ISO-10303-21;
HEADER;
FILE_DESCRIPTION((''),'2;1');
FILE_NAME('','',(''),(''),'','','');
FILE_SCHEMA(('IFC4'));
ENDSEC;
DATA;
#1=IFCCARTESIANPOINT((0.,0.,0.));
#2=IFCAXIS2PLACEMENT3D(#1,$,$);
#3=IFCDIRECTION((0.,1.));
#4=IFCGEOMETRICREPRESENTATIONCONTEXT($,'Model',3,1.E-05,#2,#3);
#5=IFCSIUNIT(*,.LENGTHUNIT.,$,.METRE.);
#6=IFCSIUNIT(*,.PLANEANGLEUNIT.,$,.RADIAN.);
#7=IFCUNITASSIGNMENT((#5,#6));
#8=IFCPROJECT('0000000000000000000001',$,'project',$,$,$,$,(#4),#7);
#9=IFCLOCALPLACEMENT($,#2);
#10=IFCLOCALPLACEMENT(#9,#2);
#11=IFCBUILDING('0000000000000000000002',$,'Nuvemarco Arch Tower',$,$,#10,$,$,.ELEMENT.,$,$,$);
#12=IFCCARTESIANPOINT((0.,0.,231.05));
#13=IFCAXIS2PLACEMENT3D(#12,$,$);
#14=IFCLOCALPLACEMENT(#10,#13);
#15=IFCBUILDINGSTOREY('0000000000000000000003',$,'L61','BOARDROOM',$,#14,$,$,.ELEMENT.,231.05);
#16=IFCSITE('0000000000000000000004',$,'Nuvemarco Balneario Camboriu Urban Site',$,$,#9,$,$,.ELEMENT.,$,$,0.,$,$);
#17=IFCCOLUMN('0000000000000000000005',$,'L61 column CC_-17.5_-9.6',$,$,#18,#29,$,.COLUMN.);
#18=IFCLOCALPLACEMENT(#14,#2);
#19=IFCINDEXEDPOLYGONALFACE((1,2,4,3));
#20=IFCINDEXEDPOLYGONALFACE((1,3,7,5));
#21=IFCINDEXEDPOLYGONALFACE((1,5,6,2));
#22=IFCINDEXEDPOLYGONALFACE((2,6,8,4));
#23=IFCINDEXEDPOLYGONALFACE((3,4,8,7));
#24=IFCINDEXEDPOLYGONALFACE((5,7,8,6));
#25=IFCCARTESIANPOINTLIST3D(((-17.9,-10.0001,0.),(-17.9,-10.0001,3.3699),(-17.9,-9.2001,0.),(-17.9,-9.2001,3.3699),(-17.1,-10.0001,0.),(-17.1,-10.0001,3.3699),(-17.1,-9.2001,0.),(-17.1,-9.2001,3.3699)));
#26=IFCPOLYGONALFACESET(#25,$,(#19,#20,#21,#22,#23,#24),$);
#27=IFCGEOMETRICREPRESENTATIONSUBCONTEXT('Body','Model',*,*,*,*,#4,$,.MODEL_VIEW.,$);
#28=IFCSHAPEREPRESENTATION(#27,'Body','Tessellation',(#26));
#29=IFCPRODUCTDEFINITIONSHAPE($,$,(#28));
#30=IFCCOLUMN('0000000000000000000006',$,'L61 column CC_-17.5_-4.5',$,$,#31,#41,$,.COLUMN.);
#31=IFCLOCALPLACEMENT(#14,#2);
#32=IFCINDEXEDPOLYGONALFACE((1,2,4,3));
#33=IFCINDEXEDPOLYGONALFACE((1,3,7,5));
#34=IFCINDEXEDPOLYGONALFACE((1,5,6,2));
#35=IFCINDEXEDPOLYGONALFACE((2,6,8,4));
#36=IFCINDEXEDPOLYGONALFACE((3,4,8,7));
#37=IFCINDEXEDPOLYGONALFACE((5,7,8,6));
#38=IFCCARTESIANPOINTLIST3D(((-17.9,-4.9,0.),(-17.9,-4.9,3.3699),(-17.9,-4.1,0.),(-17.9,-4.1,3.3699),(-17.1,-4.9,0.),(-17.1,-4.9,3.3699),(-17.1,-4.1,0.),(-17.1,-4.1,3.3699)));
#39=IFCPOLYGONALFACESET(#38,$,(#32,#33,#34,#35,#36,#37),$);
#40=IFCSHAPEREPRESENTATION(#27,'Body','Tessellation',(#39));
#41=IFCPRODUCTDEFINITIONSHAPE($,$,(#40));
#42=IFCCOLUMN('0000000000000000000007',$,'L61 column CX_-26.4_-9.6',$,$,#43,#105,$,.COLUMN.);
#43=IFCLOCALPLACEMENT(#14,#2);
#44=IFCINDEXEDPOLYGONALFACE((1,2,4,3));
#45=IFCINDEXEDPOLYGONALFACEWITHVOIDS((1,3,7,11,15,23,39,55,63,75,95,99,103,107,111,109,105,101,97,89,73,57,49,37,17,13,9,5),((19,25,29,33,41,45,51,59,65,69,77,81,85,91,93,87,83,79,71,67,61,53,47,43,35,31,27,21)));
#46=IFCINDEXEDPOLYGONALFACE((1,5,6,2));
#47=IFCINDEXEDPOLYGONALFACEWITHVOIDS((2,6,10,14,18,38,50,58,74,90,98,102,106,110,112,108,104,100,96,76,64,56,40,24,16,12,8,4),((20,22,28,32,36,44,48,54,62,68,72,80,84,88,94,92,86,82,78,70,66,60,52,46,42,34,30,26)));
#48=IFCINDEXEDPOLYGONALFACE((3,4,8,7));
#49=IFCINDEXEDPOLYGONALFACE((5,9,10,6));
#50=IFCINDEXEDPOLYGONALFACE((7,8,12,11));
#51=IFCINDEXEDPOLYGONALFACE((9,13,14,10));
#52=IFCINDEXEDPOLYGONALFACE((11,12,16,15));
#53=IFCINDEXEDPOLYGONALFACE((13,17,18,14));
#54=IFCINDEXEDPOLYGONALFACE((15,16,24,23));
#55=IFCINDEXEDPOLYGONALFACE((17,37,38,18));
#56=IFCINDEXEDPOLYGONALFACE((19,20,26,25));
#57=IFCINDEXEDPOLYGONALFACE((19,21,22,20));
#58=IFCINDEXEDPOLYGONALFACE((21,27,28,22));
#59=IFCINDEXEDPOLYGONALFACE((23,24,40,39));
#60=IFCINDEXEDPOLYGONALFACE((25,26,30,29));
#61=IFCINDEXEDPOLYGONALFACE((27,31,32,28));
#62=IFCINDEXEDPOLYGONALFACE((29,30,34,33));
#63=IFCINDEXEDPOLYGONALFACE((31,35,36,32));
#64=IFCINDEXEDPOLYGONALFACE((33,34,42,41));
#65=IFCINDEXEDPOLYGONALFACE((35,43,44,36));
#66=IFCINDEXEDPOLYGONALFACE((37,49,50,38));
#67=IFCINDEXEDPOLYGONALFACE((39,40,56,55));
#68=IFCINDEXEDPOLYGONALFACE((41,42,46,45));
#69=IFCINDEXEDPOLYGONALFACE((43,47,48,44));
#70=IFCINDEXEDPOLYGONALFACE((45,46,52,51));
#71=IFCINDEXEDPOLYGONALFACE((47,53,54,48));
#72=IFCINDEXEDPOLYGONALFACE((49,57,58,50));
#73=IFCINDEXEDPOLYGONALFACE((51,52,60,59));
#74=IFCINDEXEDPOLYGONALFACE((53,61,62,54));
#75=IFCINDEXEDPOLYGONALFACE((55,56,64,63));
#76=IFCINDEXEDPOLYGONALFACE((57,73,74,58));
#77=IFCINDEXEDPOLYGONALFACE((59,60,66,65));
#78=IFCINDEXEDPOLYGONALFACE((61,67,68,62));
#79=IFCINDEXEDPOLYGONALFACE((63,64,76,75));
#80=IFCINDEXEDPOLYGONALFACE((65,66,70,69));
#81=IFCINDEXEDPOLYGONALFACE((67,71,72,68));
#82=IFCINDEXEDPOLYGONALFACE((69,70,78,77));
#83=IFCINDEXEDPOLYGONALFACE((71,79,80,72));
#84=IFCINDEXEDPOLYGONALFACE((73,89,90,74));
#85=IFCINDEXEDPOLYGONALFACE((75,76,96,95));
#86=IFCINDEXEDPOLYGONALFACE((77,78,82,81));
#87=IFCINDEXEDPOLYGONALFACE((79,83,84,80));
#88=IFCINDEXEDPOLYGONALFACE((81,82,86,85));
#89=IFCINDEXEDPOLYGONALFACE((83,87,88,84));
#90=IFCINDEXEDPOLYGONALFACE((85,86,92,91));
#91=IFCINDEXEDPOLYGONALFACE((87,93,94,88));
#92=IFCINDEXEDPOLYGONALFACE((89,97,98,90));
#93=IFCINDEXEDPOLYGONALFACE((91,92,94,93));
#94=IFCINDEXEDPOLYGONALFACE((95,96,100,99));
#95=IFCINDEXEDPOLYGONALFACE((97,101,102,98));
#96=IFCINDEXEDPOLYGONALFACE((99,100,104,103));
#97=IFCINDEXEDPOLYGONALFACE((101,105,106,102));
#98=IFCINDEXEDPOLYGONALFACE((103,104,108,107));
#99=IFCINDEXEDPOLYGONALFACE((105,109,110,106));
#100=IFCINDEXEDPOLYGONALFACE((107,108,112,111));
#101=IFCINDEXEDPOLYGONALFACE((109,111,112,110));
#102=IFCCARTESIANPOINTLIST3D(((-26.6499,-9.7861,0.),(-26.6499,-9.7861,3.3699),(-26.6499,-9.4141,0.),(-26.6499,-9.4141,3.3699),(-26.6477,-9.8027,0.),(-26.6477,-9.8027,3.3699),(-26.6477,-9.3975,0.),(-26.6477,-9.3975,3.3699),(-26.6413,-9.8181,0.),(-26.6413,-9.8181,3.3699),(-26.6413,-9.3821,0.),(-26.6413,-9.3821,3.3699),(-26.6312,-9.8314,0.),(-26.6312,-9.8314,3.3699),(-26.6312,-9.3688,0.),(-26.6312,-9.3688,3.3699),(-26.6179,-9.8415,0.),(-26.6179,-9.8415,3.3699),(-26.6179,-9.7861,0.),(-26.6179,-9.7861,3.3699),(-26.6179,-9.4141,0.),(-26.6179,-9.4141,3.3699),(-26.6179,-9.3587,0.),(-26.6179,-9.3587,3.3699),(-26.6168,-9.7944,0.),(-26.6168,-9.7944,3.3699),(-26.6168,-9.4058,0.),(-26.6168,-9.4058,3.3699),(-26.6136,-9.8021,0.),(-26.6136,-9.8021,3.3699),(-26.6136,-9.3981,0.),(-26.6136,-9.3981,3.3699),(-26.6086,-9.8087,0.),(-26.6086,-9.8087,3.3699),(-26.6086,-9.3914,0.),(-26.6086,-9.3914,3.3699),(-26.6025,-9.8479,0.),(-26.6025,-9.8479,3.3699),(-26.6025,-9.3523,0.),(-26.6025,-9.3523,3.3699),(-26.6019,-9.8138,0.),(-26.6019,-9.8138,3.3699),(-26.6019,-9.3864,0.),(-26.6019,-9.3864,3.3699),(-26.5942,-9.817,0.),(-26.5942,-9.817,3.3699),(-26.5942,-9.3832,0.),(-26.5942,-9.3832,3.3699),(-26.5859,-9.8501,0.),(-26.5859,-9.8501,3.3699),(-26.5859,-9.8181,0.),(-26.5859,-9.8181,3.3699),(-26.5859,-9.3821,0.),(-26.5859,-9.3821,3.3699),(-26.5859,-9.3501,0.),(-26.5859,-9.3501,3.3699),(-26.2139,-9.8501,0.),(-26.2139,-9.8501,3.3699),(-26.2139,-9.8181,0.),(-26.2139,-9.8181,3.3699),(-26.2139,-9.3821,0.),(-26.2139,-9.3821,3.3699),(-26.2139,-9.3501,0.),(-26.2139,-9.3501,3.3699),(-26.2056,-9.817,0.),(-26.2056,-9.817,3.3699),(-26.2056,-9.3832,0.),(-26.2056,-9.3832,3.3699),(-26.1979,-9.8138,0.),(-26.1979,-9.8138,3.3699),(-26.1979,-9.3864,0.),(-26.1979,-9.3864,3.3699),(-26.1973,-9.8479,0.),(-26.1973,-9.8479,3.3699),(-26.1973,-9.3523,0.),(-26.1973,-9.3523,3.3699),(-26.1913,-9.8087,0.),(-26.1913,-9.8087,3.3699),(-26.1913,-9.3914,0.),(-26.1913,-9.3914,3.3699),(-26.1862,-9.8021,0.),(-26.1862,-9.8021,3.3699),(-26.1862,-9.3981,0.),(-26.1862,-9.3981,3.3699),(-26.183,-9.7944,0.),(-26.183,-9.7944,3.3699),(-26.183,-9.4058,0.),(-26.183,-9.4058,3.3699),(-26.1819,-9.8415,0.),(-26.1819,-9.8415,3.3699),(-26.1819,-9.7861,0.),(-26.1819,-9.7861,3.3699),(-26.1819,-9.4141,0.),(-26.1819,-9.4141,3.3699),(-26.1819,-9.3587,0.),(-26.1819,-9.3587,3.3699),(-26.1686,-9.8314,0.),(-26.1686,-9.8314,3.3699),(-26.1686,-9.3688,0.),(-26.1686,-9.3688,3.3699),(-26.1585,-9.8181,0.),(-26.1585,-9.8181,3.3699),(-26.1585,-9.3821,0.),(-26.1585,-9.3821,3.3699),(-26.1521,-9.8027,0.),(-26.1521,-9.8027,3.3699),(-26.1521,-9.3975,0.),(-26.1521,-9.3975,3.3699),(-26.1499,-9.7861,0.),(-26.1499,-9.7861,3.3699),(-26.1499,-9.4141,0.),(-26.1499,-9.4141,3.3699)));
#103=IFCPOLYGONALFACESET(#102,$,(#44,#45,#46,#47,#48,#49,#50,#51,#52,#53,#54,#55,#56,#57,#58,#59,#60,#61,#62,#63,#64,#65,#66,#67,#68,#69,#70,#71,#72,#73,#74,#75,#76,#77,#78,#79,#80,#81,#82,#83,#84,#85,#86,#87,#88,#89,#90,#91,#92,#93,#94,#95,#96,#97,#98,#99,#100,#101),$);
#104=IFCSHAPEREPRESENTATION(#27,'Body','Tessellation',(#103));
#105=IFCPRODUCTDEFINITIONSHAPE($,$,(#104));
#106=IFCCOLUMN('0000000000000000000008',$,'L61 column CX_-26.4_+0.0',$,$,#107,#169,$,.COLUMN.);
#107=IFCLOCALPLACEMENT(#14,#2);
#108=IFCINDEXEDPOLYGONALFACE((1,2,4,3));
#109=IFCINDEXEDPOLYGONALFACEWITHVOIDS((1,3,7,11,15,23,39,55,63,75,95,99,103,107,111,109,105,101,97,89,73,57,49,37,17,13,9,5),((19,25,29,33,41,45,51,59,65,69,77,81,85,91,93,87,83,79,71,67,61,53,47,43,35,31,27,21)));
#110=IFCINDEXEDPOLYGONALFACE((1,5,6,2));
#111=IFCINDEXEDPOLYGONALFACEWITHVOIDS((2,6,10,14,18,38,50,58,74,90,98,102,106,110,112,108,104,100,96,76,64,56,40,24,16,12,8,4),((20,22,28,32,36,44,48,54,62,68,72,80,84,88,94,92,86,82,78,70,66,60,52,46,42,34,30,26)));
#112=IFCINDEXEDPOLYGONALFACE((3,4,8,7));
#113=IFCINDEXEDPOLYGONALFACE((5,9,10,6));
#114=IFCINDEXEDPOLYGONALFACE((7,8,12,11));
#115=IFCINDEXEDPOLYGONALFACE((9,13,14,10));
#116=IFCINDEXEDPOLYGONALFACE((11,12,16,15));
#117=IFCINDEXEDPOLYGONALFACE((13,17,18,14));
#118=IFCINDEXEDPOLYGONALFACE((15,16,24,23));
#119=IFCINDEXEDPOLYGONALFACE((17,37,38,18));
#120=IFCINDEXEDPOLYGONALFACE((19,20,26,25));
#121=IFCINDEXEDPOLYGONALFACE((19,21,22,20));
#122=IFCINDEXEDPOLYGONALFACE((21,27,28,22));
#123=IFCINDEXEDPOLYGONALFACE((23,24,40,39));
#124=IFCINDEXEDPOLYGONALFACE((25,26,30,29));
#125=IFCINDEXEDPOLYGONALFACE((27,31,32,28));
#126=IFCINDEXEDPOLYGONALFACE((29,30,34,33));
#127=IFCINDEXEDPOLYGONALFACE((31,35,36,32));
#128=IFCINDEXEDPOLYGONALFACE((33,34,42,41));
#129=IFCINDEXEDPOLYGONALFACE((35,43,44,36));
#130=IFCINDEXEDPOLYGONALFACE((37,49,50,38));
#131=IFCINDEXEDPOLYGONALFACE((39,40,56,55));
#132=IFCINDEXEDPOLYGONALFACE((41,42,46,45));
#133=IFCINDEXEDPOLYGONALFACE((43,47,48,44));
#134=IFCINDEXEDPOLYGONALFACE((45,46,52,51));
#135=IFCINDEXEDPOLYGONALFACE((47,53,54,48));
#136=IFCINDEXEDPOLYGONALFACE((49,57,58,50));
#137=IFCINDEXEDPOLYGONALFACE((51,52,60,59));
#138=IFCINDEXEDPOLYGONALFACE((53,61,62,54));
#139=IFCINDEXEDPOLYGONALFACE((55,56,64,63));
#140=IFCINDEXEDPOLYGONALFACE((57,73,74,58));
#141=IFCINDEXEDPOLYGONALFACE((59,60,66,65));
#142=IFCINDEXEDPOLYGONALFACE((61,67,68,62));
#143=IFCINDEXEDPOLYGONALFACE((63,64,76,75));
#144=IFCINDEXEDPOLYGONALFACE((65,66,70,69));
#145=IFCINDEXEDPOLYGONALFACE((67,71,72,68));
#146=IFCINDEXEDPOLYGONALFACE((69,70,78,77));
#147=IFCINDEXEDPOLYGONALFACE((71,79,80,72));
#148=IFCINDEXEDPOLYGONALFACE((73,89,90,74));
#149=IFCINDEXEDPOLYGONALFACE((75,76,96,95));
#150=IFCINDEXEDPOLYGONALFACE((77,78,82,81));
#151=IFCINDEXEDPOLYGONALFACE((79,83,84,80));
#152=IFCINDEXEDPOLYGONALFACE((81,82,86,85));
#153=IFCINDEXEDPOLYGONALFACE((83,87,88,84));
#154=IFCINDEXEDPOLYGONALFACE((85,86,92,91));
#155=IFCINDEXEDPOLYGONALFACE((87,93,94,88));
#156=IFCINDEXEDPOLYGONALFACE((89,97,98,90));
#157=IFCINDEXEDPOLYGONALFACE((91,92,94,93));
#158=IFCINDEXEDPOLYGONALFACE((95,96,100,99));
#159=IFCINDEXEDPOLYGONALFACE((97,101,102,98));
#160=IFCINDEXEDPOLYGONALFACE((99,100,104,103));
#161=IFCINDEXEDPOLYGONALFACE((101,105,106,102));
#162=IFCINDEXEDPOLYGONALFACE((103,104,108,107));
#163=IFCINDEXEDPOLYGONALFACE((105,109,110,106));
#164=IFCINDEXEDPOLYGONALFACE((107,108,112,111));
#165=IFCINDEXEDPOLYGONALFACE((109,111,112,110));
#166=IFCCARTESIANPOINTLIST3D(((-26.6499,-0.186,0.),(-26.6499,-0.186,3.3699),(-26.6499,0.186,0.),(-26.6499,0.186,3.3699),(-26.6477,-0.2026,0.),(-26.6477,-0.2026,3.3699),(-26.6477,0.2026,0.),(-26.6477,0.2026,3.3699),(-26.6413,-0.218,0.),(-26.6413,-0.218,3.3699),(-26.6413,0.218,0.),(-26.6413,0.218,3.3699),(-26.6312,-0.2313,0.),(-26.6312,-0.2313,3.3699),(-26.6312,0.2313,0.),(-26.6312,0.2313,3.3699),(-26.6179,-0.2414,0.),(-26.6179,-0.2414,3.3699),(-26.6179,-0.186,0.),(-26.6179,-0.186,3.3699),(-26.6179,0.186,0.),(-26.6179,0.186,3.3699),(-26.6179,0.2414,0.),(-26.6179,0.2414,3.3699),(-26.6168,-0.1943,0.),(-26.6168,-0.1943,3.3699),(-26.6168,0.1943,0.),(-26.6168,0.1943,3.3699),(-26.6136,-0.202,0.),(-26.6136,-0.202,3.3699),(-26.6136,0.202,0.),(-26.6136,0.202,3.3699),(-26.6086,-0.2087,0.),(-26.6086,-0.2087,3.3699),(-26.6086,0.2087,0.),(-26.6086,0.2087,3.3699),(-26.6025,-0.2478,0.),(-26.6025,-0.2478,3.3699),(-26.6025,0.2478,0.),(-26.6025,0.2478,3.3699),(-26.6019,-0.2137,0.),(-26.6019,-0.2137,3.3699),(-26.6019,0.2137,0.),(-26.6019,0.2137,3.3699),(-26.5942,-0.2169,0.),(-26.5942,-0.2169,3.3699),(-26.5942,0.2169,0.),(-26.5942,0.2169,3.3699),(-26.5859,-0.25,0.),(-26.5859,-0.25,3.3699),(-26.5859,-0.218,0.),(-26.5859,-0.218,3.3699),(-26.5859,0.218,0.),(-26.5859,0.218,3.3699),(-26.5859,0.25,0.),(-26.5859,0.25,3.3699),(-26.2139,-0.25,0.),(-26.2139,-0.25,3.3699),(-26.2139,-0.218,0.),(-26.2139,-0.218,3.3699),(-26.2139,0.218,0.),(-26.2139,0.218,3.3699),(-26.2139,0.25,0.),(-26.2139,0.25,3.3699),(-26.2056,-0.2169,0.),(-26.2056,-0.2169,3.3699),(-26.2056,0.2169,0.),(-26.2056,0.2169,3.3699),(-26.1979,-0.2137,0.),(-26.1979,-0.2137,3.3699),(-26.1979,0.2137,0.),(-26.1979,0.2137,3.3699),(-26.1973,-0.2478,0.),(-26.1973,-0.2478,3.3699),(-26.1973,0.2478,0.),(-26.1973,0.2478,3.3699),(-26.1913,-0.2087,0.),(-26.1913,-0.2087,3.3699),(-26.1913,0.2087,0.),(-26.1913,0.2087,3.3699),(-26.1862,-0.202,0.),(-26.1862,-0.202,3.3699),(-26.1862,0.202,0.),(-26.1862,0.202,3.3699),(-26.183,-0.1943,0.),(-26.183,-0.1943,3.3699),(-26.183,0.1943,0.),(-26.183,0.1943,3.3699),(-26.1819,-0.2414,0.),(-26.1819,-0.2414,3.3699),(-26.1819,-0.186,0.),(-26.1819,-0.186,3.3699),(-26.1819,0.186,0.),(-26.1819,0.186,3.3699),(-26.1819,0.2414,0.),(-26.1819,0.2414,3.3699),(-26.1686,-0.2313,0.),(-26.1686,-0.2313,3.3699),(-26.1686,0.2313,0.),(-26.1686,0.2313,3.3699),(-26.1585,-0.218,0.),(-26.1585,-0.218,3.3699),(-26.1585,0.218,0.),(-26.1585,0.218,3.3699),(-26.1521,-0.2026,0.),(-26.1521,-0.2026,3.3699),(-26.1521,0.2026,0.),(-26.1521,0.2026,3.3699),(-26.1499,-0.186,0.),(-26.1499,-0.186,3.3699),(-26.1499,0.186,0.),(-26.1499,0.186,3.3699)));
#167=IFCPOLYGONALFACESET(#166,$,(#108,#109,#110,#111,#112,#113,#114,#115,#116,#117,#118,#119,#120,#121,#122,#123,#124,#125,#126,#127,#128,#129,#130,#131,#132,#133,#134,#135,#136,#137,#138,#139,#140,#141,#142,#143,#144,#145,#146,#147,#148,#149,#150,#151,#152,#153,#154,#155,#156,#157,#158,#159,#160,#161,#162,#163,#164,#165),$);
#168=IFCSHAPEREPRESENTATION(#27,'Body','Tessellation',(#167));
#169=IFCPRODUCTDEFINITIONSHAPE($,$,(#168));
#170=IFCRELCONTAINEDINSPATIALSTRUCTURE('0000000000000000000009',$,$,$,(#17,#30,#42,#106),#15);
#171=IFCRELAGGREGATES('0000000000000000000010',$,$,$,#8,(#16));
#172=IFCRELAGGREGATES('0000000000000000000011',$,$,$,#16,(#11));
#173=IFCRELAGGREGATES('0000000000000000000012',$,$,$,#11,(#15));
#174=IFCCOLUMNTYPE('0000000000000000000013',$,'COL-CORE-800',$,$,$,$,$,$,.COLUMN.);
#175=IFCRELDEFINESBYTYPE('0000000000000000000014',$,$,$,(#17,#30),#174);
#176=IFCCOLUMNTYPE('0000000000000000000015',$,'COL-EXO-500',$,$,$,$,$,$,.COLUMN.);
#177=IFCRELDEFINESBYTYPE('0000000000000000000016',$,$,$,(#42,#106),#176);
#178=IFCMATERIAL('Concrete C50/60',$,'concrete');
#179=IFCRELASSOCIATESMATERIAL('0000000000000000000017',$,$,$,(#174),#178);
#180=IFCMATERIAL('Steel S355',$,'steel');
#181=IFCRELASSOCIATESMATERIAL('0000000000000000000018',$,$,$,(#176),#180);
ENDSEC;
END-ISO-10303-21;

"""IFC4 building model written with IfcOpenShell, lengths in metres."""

from ifc_helpers import new_model, si_unit, direction, frame, origin, origin_2d, place, context, subcontext, project, spatial, rectangle, hollow_rectangle, extrude, material, material_profile, profile_set, type_object, element, save


model = new_model("IFC4")

# Units and contexts
model_context = context("Model", 3, precision=1e-05, world=origin(), true_north=direction((0.0, 1.0)))
body_context = subcontext(model_context, "Body", "Model", "MODEL_VIEW")
ifc_project = project(units=[si_unit("LENGTHUNIT", "METRE"), si_unit("PLANEANGLEUNIT", "RADIAN")], contexts=[model_context])

# Site, building, storey
site_placement = place(None, origin())
site = spatial("IfcSite", under=ifc_project, at=site_placement, Name="Nuvemarco Balneario Camboriu Urban Site", CompositionType="ELEMENT", RefElevation=0.0)
building_placement = place(site_placement, origin())
building = spatial("IfcBuilding", under=site, at=building_placement, Name="Nuvemarco Arch Tower", CompositionType="ELEMENT")
storey_placement = place(building_placement, frame((0.0, 0.0, 231.05)))
storey = spatial("IfcBuildingStorey", under=building, at=storey_placement, Name="L61", Description="BOARDROOM", CompositionType="ELEMENT", Elevation=231.05)

# Columns
ifc_material_1 = material(Name="Concrete C50/60", Category="concrete")
ifc_material_profile_1 = material_profile(ifc_material_1, rectangle(XDim=0.8, YDim=0.8, at=origin_2d()), Name="RC-COL-800x800")
ifc_profile_set_1 = profile_set([ifc_material_profile_1], Name="Concrete C50/60")
column_type_1 = type_object("IfcColumnType", Name="COL-CORE-800", PredefinedType="COLUMN", material=ifc_profile_set_1)
for number, where, z_axis, x_axis, name in (
    (1, (-17.5, -9.6001, 0.0), (0.0, 0.0, 1.0), (1.0, 0.0, 0.0), "L61 column CC_-17.5_-9.6"),
    (2, (-17.5, -4.5, 0.0), (0.0, 0.0, 1.0), (1.0, 0.0, 0.0), "L61 column CC_-17.5_-4.5"),
):
    element("IfcColumn", number, at=place(storey_placement, frame(where, z_axis=z_axis, x_axis=x_axis)), inside=storey, type_object=column_type_1, Name=name, PredefinedType="COLUMN", context=body_context, shape_type="SweptSolid", body=[
        extrude(rectangle(XDim=0.8, YDim=0.8, at=origin_2d()), origin(), (0.0, 0.0, 1.0), 3.3699),
    ])
ifc_material_2 = material(Name="Steel S355", Category="steel")
ifc_material_profile_2 = material_profile(ifc_material_2, hollow_rectangle(XDim=0.5, YDim=0.5, WallThickness=0.032, InnerFilletRadius=0.032, OuterFilletRadius=0.064, at=origin_2d()), Name="SHS500x500x32")
ifc_profile_set_2 = profile_set([ifc_material_profile_2], Name="Steel S355")
column_type_2 = type_object("IfcColumnType", Name="COL-EXO-500", PredefinedType="COLUMN", material=ifc_profile_set_2)
for number, where, z_axis, x_axis, name in (
    (3, (-26.3999, -9.6001, 0.0), (0.0, 0.0, 1.0), (1.0, 0.0, 0.0), "L61 column CX_-26.4_-9.6"),
    (4, (-26.3999, 0.0, 0.0), (0.0, 0.0, 1.0), (1.0, 0.0, 0.0), "L61 column CX_-26.4_+0.0"),
):
    element("IfcColumn", number, at=place(storey_placement, frame(where, z_axis=z_axis, x_axis=x_axis)), inside=storey, type_object=column_type_2, Name=name, PredefinedType="COLUMN", context=body_context, shape_type="SweptSolid", body=[
        extrude(hollow_rectangle(XDim=0.5, YDim=0.5, WallThickness=0.032, InnerFilletRadius=0.032, OuterFilletRadius=0.064, at=origin_2d()), origin(), (0.0, 0.0, 1.0), 3.3699),
    ])

save(model, "model.ifc")
